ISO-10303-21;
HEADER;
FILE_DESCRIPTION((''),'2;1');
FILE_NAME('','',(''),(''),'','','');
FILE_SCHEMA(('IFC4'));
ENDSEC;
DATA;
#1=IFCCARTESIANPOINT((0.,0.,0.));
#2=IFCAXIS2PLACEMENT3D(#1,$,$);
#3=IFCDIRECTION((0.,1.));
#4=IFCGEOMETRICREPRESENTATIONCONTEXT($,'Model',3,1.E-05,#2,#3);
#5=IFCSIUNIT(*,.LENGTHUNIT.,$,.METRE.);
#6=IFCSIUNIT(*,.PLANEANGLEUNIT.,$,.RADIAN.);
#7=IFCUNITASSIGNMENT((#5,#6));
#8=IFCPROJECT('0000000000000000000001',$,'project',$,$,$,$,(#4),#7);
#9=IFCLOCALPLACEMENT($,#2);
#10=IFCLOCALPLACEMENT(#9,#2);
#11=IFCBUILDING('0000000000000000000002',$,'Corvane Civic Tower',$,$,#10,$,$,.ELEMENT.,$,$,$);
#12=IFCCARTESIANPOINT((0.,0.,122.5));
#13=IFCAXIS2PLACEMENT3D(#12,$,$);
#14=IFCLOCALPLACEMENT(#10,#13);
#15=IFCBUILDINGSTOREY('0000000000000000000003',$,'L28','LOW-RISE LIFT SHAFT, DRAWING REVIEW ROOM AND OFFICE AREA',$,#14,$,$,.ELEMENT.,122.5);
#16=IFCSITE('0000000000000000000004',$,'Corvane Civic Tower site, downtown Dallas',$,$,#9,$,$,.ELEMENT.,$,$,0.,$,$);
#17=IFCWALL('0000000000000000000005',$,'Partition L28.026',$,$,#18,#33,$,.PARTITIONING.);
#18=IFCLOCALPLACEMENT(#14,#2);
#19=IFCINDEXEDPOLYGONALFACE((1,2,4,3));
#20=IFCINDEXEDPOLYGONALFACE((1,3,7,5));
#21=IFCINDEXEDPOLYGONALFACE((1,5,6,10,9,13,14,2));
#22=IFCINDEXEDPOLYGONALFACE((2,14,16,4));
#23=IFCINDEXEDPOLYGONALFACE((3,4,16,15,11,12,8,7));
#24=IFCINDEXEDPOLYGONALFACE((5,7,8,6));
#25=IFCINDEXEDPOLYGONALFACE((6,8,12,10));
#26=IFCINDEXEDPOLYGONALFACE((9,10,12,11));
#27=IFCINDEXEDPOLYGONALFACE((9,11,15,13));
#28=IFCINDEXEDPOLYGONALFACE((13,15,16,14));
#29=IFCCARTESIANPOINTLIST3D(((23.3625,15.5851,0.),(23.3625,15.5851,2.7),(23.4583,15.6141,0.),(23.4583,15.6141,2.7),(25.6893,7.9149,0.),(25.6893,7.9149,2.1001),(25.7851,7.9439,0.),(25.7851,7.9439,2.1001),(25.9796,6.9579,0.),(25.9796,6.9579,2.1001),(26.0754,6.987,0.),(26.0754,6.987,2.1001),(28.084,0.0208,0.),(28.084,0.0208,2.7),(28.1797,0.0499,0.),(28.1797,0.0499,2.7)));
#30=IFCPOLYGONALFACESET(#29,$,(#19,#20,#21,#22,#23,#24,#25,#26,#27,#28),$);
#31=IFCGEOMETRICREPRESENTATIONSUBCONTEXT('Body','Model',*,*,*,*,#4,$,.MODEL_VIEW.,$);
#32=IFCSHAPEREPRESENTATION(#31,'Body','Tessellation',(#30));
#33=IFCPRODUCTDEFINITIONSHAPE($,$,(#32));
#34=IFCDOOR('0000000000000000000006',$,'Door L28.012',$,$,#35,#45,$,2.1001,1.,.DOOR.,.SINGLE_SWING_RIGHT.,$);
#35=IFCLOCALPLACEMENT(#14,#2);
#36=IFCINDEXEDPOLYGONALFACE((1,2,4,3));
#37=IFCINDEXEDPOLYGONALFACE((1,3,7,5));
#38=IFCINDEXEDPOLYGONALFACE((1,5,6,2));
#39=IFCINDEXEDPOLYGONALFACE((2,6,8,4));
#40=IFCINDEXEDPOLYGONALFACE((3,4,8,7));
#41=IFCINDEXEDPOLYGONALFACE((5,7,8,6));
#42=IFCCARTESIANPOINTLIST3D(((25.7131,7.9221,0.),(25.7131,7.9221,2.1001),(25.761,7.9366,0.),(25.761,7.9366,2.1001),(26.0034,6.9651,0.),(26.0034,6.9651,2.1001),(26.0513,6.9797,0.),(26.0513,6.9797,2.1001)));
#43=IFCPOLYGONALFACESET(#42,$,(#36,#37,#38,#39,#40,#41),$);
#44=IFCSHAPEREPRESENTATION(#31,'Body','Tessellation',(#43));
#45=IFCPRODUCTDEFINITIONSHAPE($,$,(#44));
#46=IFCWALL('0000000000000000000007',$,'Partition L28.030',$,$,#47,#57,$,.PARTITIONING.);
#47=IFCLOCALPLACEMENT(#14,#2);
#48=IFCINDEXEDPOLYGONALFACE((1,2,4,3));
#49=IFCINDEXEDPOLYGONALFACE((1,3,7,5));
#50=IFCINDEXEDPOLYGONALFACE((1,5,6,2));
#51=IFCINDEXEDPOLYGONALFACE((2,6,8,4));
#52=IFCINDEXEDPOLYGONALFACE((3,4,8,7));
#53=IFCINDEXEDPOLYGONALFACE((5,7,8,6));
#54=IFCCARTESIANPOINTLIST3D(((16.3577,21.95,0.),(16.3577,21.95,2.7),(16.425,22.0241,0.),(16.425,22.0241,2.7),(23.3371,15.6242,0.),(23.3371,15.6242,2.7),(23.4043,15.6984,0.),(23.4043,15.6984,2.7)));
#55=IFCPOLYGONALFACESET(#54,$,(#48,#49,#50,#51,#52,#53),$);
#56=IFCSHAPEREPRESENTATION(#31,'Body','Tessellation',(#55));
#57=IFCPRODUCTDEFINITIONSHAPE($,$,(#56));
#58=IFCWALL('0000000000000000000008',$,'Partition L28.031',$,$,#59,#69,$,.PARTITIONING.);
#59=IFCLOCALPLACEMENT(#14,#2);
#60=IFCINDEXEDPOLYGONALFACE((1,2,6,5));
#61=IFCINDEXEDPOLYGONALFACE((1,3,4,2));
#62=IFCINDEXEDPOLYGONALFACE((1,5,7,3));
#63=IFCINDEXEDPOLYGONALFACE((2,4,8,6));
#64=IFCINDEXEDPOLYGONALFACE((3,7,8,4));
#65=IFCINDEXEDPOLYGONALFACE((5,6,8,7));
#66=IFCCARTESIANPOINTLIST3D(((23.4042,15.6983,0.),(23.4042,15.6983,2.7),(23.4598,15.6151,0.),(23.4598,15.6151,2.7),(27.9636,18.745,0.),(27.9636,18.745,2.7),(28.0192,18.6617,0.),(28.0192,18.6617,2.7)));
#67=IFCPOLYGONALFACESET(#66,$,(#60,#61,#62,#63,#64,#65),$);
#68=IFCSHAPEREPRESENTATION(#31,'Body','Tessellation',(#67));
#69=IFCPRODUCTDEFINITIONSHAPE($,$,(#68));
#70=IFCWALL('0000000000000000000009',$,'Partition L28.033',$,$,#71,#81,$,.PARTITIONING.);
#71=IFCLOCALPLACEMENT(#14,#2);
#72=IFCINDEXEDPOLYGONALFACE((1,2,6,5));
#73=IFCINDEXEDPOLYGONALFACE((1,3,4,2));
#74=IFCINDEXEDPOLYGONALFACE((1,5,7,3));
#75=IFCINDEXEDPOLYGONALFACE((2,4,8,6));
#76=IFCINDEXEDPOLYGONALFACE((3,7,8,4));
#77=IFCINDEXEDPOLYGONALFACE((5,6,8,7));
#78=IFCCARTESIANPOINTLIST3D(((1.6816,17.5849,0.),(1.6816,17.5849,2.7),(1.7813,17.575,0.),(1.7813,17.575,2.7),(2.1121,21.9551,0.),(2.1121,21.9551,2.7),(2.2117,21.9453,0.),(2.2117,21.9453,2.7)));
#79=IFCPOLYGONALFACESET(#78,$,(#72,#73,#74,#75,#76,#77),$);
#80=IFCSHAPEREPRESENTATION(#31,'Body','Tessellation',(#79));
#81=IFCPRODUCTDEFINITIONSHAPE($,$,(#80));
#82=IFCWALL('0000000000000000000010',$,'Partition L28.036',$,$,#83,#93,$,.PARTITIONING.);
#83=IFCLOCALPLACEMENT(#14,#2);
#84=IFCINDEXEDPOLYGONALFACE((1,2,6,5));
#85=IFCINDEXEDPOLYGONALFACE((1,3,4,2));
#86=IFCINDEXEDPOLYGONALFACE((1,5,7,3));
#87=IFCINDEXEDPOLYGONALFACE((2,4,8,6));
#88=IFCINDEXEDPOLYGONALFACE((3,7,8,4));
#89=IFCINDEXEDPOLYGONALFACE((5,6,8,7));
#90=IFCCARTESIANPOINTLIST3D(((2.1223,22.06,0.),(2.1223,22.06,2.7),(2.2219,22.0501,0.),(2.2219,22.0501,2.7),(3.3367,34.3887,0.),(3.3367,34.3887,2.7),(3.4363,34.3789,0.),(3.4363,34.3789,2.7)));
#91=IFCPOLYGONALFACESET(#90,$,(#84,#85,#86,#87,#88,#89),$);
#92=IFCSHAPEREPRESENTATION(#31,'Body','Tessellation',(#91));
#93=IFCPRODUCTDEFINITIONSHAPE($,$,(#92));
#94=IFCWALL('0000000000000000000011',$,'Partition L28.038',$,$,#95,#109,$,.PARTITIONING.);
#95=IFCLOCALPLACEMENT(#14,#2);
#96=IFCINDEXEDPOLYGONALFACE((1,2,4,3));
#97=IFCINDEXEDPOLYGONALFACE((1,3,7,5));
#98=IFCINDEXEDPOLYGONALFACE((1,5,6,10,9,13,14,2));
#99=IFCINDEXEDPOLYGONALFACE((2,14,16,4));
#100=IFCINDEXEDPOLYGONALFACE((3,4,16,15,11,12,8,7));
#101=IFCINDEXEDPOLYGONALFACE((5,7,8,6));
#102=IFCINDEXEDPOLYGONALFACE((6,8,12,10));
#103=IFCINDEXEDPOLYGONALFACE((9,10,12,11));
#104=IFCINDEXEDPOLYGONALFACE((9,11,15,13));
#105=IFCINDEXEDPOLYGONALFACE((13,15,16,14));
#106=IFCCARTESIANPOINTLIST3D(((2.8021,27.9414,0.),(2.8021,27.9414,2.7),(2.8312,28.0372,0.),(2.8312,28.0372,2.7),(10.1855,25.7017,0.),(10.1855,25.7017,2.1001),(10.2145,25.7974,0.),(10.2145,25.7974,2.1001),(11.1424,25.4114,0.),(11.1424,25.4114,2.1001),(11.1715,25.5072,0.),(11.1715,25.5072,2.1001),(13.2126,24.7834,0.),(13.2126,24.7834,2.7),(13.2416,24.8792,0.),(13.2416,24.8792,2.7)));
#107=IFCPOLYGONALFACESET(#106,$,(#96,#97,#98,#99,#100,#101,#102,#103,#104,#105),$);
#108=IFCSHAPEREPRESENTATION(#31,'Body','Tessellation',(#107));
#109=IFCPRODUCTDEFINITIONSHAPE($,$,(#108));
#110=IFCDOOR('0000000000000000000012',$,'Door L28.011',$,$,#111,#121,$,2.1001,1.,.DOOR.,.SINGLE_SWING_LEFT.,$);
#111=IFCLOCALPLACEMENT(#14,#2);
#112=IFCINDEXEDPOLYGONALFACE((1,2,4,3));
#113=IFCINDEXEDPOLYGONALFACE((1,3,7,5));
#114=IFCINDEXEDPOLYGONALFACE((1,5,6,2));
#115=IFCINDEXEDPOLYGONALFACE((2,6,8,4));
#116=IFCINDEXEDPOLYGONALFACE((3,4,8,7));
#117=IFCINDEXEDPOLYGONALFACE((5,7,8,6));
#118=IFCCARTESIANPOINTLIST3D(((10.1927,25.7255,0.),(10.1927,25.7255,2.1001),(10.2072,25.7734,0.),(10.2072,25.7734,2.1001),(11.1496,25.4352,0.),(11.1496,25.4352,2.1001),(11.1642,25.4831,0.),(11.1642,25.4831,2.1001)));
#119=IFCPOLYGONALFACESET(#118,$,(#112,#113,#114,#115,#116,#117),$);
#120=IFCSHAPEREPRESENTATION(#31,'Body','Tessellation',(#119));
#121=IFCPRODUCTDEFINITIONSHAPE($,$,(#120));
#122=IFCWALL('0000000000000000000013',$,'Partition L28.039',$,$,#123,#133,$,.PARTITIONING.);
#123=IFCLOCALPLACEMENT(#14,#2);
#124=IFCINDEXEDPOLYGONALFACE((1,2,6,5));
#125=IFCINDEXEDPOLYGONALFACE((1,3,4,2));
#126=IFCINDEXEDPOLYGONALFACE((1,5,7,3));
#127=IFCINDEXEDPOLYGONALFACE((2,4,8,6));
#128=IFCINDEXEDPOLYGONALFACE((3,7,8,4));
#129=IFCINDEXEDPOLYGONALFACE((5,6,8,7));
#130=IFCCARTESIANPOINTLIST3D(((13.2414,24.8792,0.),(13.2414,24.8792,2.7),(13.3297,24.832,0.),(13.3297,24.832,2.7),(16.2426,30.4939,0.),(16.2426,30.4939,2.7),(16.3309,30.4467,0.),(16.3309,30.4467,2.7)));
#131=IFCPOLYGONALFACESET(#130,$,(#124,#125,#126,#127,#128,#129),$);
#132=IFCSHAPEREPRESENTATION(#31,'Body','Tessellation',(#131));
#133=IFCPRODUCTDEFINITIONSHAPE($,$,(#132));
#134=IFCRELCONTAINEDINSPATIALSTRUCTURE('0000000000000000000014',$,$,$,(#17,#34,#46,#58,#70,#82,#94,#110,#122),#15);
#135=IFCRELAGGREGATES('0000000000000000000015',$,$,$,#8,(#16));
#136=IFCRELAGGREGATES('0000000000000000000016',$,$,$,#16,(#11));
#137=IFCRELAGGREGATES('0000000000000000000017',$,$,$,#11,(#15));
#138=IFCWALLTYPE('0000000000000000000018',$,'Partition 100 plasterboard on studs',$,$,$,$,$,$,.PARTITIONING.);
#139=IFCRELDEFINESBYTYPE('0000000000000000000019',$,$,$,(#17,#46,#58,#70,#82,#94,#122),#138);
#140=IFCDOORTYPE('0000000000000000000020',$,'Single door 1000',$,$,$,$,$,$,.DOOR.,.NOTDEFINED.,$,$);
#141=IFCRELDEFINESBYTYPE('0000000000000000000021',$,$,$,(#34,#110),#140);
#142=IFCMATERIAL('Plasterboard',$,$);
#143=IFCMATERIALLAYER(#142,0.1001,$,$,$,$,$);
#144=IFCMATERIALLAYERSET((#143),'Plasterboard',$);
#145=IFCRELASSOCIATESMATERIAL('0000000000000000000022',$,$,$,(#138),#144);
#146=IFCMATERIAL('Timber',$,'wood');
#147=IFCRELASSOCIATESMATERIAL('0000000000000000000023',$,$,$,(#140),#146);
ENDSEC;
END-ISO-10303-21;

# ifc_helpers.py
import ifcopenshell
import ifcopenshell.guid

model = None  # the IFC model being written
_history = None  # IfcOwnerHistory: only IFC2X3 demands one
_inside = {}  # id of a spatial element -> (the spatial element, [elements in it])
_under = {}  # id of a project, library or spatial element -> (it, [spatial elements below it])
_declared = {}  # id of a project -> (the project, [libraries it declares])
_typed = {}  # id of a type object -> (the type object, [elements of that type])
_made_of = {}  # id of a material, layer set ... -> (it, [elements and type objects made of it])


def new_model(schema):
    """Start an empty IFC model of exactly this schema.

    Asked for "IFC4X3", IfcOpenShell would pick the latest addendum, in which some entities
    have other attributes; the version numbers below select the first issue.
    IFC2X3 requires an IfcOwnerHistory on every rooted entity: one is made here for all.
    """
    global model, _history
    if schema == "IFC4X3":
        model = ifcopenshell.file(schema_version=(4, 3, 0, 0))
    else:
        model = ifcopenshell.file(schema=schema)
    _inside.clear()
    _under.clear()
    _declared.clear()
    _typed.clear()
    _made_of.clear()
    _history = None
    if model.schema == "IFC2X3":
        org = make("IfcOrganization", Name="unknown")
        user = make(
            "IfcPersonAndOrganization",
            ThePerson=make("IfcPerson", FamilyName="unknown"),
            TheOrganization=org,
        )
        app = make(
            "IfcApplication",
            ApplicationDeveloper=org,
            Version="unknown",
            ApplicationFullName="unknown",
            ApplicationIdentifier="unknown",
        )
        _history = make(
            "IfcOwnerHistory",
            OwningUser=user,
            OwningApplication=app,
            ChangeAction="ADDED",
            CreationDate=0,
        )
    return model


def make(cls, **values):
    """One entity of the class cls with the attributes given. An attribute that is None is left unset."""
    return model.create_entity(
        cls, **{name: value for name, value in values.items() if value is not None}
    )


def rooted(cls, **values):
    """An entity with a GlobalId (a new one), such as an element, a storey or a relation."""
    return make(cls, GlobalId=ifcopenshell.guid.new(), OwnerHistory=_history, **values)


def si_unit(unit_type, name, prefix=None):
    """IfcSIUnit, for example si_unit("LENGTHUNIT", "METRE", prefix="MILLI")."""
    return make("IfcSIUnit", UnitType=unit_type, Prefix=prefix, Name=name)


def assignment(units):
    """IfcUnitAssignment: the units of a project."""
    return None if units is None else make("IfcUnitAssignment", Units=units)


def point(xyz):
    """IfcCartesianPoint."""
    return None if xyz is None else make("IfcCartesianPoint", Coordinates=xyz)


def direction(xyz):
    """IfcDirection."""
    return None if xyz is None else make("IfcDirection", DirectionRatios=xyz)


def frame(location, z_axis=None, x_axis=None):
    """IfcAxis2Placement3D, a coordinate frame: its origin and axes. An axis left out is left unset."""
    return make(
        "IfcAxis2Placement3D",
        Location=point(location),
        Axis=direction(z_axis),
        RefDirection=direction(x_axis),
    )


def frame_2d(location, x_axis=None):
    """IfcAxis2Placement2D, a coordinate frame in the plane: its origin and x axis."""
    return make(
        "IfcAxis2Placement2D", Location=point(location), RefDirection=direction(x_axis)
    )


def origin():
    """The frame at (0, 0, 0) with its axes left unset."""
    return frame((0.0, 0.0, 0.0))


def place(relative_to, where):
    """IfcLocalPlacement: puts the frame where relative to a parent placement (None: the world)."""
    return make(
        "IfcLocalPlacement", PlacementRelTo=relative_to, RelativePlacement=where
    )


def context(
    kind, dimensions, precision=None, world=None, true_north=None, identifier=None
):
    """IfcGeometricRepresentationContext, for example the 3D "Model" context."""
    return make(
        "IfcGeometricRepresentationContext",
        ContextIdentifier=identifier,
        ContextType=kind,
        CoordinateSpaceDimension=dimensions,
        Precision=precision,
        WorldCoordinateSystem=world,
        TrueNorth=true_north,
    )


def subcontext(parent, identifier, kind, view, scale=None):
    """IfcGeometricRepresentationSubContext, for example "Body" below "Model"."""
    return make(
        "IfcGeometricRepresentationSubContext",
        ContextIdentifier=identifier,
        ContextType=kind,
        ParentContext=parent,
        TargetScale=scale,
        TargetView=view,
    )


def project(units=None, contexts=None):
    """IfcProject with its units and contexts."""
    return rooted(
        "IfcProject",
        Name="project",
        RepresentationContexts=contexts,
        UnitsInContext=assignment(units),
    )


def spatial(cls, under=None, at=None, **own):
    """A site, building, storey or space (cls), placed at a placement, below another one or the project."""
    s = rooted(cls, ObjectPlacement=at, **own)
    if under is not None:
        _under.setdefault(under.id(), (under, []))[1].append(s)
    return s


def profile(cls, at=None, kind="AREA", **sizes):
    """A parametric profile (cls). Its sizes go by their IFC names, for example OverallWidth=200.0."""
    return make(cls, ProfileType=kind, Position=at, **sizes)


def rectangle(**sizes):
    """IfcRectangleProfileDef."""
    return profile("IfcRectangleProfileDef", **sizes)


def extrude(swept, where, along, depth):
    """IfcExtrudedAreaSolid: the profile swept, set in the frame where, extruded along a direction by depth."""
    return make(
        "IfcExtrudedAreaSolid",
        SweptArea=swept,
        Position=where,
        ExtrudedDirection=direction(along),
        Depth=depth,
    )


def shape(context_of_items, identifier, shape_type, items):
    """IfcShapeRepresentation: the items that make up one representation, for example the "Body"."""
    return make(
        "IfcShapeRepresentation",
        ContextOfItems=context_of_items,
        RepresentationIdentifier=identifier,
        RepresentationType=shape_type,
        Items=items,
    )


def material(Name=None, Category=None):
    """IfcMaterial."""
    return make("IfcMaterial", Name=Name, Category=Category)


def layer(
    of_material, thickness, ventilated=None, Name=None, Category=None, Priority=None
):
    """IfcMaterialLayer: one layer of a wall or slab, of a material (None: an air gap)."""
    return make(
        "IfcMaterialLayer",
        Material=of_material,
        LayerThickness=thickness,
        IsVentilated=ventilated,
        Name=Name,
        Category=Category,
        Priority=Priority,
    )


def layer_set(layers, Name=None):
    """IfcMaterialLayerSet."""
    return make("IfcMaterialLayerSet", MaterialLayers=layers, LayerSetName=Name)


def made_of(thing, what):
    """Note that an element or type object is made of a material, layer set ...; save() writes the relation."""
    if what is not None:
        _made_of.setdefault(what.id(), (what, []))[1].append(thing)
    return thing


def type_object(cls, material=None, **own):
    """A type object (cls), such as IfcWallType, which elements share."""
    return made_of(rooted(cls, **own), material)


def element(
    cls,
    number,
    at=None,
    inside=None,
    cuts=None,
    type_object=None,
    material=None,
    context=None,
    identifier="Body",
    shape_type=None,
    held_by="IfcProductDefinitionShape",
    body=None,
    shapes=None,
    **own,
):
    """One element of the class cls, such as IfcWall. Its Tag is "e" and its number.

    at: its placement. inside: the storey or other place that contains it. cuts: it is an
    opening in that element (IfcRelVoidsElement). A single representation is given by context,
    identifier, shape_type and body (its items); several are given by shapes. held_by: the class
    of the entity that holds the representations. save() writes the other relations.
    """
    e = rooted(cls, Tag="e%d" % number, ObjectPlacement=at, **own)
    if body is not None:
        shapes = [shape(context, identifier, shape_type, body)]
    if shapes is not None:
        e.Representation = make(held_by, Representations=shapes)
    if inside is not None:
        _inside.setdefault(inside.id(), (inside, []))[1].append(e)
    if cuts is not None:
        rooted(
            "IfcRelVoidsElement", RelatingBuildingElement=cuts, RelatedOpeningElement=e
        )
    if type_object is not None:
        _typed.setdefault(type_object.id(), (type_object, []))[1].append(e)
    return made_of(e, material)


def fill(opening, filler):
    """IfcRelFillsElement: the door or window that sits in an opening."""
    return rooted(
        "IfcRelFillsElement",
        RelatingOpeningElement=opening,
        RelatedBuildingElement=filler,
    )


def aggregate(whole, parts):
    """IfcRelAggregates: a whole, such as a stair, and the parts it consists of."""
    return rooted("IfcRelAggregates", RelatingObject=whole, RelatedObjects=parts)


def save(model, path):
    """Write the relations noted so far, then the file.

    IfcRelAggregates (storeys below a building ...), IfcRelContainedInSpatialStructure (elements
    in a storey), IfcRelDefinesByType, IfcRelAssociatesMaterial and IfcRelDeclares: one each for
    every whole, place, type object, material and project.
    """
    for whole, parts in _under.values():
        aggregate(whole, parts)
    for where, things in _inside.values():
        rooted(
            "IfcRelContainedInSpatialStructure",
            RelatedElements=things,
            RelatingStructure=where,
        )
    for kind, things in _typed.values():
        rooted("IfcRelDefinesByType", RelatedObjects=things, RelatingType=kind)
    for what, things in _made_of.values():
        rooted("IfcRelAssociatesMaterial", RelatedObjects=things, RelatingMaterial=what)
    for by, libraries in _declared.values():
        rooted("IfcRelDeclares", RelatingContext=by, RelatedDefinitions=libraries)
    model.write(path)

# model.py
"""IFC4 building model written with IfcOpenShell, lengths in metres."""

from ifc_helpers import new_model, si_unit, direction, frame, frame_2d, origin, place, context, subcontext, project, spatial, rectangle, extrude, material, layer, layer_set, type_object, element, fill, save


model = new_model("IFC4")

# Units and contexts
model_context = context("Model", 3, precision=1e-05, world=origin(), true_north=direction((0.0, 1.0)))
body_context = subcontext(model_context, "Body", "Model", "MODEL_VIEW")
ifc_project = project(units=[si_unit("LENGTHUNIT", "METRE"), si_unit("PLANEANGLEUNIT", "RADIAN")], contexts=[model_context])

# Site, building, storey
site_placement = place(None, origin())
site = spatial("IfcSite", under=ifc_project, at=site_placement, Name="Corvane Civic Tower site, downtown Dallas", CompositionType="ELEMENT", RefElevation=0.0)
building_placement = place(site_placement, origin())
building = spatial("IfcBuilding", under=site, at=building_placement, Name="Corvane Civic Tower", CompositionType="ELEMENT")
storey_placement = place(building_placement, frame((0.0, 0.0, 122.5)))
storey = spatial("IfcBuildingStorey", under=building, at=storey_placement, Name="L28", Description="LOW-RISE LIFT SHAFT, DRAWING REVIEW ROOM AND OFFICE AREA", CompositionType="ELEMENT", Elevation=122.5)

# Wall, opening, door
ifc_material_1 = material(Name="Plasterboard")
ifc_layer_1 = layer(ifc_material_1, 0.1001)
ifc_layer_set_1 = layer_set([ifc_layer_1], Name="Plasterboard")
wall_type = type_object("IfcWallType", Name="Partition 100 plasterboard on studs", PredefinedType="PARTITIONING", material=ifc_layer_set_1)
wall_1_placement = place(storey_placement, frame((23.4104, 15.5996, 0.0), z_axis=(0.0, 0.0, 1.0), x_axis=(0.290289, -0.956939, 0.0)))
wall_1 = element("IfcWall", 1, at=wall_1_placement, inside=storey, type_object=wall_type, Name="Partition L28.026", PredefinedType="PARTITIONING", context=body_context, shape_type="SweptSolid", body=[
    extrude(rectangle(XDim=16.2646, YDim=0.1001, at=frame_2d((8.1323, 0.0))), origin(), (0.0, 0.0, 1.0), 2.7),
])
opening_1_placement = place(wall_1_placement, frame((8.0154, 0.0, 0.0)))
opening_1 = element("IfcOpeningElement", 2, at=opening_1_placement, cuts=wall_1, PredefinedType="OPENING", context=body_context, shape_type="SweptSolid", body=[
    extrude(rectangle(XDim=1.0, YDim=2.1001, at=frame_2d((0.5, 1.05))), frame((0.0, 0.0601, 0.0), z_axis=(0.0, -1.0, 0.0), x_axis=(1.0, 0.0, 0.0)), (0.0, 0.0, 1.0), 0.1201),
])
ifc_material_2 = material(Name="Timber", Category="wood")
door_type = type_object("IfcDoorType", Name="Single door 1000", OperationType="NOTDEFINED", PredefinedType="DOOR", material=ifc_material_2)
door_1_placement = place(opening_1_placement, origin())
door_1 = element("IfcDoor", 3, at=door_1_placement, inside=storey, type_object=door_type, Name="Door L28.012", OperationType="SINGLE_SWING_RIGHT", OverallHeight=2.1001, OverallWidth=1.0, PredefinedType="DOOR", context=body_context, shape_type="SweptSolid", body=[
    extrude(rectangle(XDim=1.0, YDim=2.1001, at=frame_2d((0.5, 1.05))), frame((0.0, 0.0249, 0.0), z_axis=(0.0, -1.0, 0.0), x_axis=(1.0, 0.0, 0.0)), (0.0, 0.0, 1.0), 0.05),
])
fill(opening_1, door_1)

# Walls
wall_2_placement = place(storey_placement, frame((16.3914, 21.9871, 0.0), z_axis=(0.0, 0.0, 1.0), x_axis=(0.740948, -0.671563, 0.0)))
element("IfcWall", 4, at=wall_2_placement, inside=storey, type_object=wall_type, Name="Partition L28.030", PredefinedType="PARTITIONING", context=body_context, shape_type="SweptSolid", body=[
    extrude(rectangle(XDim=9.4194, YDim=0.1001, at=frame_2d((4.7097, 0.0))), origin(), (0.0, 0.0, 1.0), 2.7),
])
wall_3_placement = place(storey_placement, frame((23.4321, 15.6567, 0.0), z_axis=(0.0, 0.0, 1.0), x_axis=(0.831454, 0.555594, 0.0)))
element("IfcWall", 5, at=wall_3_placement, inside=storey, type_object=wall_type, Name="Partition L28.031", PredefinedType="PARTITIONING", context=body_context, shape_type="SweptSolid", body=[
    extrude(rectangle(XDim=5.4836, YDim=0.1001, at=frame_2d((2.7417, 0.0))), origin(), (0.0, 0.0, 1.0), 2.7),
])
wall_4_placement = place(storey_placement, frame((1.7314, 17.5798, 0.0), z_axis=(0.0, 0.0, 1.0), x_axis=(0.098017, 0.995185, 0.0)))
element("IfcWall", 6, at=wall_4_placement, inside=storey, type_object=wall_type, Name="Partition L28.033", PredefinedType="PARTITIONING", context=body_context, shape_type="SweptSolid", body=[
    extrude(rectangle(XDim=4.3914, YDim=0.1001, at=frame_2d((2.1958, 0.0))), origin(), (0.0, 0.0, 1.0), 2.7),
])
wall_5_placement = place(storey_placement, frame((2.1721, 22.0549, 0.0), z_axis=(0.0, 0.0, 1.0), x_axis=(0.098023, 0.995184, 0.0)))
element("IfcWall", 7, at=wall_5_placement, inside=storey, type_object=wall_type, Name="Partition L28.036", PredefinedType="PARTITIONING", context=body_context, shape_type="SweptSolid", body=[
    extrude(rectangle(XDim=12.3884, YDim=0.1001, at=frame_2d((6.1943, 0.0))), origin(), (0.0, 0.0, 1.0), 2.7),
])

# Wall, opening, door
wall_6_placement = place(storey_placement, frame((2.8167, 27.9893, 0.0), z_axis=(0.0, 0.0, 1.0), x_axis=(0.95694, -0.290285, 0.0)))
wall_6 = element("IfcWall", 8, at=wall_6_placement, inside=storey, type_object=wall_type, Name="Partition L28.038", PredefinedType="PARTITIONING", context=body_context, shape_type="SweptSolid", body=[
    extrude(rectangle(XDim=10.8789, YDim=0.1001, at=frame_2d((5.4395, 0.0))), origin(), (0.0, 0.0, 1.0), 2.7),
])
opening_2_placement = place(wall_6_placement, frame((7.7156, 0.0, 0.0)))
opening_2 = element("IfcOpeningElement", 9, at=opening_2_placement, cuts=wall_6, PredefinedType="OPENING", context=body_context, shape_type="SweptSolid", body=[
    extrude(rectangle(XDim=1.0, YDim=2.1001, at=frame_2d((0.5, 1.05))), frame((0.0, 0.0601, 0.0), z_axis=(0.0, -1.0, 0.0), x_axis=(1.0, 0.0, 0.0)), (0.0, 0.0, 1.0), 0.1201),
])
door_2_placement = place(opening_2_placement, origin())
door_2 = element("IfcDoor", 10, at=door_2_placement, inside=storey, type_object=door_type, Name="Door L28.011", OperationType="SINGLE_SWING_LEFT", OverallHeight=2.1001, OverallWidth=1.0, PredefinedType="DOOR", context=body_context, shape_type="SweptSolid", body=[
    extrude(rectangle(XDim=1.0, YDim=2.1001, at=frame_2d((0.5, 1.05))), frame((0.0, 0.0249, 0.0), z_axis=(0.0, -1.0, 0.0), x_axis=(1.0, 0.0, 0.0)), (0.0, 0.0, 1.0), 0.05),
])
fill(opening_2, door_2)

# Wall
wall_7_placement = place(storey_placement, frame((13.2856, 24.8557, 0.0), z_axis=(0.0, 0.0, 1.0), x_axis=(0.471406, 0.881916, 0.0)))
element("IfcWall", 11, at=wall_7_placement, inside=storey, type_object=wall_type, Name="Partition L28.039", PredefinedType="PARTITIONING", context=body_context, shape_type="SweptSolid", body=[
    extrude(rectangle(XDim=6.3665, YDim=0.1001, at=frame_2d((3.1831, 0.0))), origin(), (0.0, 0.0, 1.0), 2.7),
])

save(model, "model.ifc")
